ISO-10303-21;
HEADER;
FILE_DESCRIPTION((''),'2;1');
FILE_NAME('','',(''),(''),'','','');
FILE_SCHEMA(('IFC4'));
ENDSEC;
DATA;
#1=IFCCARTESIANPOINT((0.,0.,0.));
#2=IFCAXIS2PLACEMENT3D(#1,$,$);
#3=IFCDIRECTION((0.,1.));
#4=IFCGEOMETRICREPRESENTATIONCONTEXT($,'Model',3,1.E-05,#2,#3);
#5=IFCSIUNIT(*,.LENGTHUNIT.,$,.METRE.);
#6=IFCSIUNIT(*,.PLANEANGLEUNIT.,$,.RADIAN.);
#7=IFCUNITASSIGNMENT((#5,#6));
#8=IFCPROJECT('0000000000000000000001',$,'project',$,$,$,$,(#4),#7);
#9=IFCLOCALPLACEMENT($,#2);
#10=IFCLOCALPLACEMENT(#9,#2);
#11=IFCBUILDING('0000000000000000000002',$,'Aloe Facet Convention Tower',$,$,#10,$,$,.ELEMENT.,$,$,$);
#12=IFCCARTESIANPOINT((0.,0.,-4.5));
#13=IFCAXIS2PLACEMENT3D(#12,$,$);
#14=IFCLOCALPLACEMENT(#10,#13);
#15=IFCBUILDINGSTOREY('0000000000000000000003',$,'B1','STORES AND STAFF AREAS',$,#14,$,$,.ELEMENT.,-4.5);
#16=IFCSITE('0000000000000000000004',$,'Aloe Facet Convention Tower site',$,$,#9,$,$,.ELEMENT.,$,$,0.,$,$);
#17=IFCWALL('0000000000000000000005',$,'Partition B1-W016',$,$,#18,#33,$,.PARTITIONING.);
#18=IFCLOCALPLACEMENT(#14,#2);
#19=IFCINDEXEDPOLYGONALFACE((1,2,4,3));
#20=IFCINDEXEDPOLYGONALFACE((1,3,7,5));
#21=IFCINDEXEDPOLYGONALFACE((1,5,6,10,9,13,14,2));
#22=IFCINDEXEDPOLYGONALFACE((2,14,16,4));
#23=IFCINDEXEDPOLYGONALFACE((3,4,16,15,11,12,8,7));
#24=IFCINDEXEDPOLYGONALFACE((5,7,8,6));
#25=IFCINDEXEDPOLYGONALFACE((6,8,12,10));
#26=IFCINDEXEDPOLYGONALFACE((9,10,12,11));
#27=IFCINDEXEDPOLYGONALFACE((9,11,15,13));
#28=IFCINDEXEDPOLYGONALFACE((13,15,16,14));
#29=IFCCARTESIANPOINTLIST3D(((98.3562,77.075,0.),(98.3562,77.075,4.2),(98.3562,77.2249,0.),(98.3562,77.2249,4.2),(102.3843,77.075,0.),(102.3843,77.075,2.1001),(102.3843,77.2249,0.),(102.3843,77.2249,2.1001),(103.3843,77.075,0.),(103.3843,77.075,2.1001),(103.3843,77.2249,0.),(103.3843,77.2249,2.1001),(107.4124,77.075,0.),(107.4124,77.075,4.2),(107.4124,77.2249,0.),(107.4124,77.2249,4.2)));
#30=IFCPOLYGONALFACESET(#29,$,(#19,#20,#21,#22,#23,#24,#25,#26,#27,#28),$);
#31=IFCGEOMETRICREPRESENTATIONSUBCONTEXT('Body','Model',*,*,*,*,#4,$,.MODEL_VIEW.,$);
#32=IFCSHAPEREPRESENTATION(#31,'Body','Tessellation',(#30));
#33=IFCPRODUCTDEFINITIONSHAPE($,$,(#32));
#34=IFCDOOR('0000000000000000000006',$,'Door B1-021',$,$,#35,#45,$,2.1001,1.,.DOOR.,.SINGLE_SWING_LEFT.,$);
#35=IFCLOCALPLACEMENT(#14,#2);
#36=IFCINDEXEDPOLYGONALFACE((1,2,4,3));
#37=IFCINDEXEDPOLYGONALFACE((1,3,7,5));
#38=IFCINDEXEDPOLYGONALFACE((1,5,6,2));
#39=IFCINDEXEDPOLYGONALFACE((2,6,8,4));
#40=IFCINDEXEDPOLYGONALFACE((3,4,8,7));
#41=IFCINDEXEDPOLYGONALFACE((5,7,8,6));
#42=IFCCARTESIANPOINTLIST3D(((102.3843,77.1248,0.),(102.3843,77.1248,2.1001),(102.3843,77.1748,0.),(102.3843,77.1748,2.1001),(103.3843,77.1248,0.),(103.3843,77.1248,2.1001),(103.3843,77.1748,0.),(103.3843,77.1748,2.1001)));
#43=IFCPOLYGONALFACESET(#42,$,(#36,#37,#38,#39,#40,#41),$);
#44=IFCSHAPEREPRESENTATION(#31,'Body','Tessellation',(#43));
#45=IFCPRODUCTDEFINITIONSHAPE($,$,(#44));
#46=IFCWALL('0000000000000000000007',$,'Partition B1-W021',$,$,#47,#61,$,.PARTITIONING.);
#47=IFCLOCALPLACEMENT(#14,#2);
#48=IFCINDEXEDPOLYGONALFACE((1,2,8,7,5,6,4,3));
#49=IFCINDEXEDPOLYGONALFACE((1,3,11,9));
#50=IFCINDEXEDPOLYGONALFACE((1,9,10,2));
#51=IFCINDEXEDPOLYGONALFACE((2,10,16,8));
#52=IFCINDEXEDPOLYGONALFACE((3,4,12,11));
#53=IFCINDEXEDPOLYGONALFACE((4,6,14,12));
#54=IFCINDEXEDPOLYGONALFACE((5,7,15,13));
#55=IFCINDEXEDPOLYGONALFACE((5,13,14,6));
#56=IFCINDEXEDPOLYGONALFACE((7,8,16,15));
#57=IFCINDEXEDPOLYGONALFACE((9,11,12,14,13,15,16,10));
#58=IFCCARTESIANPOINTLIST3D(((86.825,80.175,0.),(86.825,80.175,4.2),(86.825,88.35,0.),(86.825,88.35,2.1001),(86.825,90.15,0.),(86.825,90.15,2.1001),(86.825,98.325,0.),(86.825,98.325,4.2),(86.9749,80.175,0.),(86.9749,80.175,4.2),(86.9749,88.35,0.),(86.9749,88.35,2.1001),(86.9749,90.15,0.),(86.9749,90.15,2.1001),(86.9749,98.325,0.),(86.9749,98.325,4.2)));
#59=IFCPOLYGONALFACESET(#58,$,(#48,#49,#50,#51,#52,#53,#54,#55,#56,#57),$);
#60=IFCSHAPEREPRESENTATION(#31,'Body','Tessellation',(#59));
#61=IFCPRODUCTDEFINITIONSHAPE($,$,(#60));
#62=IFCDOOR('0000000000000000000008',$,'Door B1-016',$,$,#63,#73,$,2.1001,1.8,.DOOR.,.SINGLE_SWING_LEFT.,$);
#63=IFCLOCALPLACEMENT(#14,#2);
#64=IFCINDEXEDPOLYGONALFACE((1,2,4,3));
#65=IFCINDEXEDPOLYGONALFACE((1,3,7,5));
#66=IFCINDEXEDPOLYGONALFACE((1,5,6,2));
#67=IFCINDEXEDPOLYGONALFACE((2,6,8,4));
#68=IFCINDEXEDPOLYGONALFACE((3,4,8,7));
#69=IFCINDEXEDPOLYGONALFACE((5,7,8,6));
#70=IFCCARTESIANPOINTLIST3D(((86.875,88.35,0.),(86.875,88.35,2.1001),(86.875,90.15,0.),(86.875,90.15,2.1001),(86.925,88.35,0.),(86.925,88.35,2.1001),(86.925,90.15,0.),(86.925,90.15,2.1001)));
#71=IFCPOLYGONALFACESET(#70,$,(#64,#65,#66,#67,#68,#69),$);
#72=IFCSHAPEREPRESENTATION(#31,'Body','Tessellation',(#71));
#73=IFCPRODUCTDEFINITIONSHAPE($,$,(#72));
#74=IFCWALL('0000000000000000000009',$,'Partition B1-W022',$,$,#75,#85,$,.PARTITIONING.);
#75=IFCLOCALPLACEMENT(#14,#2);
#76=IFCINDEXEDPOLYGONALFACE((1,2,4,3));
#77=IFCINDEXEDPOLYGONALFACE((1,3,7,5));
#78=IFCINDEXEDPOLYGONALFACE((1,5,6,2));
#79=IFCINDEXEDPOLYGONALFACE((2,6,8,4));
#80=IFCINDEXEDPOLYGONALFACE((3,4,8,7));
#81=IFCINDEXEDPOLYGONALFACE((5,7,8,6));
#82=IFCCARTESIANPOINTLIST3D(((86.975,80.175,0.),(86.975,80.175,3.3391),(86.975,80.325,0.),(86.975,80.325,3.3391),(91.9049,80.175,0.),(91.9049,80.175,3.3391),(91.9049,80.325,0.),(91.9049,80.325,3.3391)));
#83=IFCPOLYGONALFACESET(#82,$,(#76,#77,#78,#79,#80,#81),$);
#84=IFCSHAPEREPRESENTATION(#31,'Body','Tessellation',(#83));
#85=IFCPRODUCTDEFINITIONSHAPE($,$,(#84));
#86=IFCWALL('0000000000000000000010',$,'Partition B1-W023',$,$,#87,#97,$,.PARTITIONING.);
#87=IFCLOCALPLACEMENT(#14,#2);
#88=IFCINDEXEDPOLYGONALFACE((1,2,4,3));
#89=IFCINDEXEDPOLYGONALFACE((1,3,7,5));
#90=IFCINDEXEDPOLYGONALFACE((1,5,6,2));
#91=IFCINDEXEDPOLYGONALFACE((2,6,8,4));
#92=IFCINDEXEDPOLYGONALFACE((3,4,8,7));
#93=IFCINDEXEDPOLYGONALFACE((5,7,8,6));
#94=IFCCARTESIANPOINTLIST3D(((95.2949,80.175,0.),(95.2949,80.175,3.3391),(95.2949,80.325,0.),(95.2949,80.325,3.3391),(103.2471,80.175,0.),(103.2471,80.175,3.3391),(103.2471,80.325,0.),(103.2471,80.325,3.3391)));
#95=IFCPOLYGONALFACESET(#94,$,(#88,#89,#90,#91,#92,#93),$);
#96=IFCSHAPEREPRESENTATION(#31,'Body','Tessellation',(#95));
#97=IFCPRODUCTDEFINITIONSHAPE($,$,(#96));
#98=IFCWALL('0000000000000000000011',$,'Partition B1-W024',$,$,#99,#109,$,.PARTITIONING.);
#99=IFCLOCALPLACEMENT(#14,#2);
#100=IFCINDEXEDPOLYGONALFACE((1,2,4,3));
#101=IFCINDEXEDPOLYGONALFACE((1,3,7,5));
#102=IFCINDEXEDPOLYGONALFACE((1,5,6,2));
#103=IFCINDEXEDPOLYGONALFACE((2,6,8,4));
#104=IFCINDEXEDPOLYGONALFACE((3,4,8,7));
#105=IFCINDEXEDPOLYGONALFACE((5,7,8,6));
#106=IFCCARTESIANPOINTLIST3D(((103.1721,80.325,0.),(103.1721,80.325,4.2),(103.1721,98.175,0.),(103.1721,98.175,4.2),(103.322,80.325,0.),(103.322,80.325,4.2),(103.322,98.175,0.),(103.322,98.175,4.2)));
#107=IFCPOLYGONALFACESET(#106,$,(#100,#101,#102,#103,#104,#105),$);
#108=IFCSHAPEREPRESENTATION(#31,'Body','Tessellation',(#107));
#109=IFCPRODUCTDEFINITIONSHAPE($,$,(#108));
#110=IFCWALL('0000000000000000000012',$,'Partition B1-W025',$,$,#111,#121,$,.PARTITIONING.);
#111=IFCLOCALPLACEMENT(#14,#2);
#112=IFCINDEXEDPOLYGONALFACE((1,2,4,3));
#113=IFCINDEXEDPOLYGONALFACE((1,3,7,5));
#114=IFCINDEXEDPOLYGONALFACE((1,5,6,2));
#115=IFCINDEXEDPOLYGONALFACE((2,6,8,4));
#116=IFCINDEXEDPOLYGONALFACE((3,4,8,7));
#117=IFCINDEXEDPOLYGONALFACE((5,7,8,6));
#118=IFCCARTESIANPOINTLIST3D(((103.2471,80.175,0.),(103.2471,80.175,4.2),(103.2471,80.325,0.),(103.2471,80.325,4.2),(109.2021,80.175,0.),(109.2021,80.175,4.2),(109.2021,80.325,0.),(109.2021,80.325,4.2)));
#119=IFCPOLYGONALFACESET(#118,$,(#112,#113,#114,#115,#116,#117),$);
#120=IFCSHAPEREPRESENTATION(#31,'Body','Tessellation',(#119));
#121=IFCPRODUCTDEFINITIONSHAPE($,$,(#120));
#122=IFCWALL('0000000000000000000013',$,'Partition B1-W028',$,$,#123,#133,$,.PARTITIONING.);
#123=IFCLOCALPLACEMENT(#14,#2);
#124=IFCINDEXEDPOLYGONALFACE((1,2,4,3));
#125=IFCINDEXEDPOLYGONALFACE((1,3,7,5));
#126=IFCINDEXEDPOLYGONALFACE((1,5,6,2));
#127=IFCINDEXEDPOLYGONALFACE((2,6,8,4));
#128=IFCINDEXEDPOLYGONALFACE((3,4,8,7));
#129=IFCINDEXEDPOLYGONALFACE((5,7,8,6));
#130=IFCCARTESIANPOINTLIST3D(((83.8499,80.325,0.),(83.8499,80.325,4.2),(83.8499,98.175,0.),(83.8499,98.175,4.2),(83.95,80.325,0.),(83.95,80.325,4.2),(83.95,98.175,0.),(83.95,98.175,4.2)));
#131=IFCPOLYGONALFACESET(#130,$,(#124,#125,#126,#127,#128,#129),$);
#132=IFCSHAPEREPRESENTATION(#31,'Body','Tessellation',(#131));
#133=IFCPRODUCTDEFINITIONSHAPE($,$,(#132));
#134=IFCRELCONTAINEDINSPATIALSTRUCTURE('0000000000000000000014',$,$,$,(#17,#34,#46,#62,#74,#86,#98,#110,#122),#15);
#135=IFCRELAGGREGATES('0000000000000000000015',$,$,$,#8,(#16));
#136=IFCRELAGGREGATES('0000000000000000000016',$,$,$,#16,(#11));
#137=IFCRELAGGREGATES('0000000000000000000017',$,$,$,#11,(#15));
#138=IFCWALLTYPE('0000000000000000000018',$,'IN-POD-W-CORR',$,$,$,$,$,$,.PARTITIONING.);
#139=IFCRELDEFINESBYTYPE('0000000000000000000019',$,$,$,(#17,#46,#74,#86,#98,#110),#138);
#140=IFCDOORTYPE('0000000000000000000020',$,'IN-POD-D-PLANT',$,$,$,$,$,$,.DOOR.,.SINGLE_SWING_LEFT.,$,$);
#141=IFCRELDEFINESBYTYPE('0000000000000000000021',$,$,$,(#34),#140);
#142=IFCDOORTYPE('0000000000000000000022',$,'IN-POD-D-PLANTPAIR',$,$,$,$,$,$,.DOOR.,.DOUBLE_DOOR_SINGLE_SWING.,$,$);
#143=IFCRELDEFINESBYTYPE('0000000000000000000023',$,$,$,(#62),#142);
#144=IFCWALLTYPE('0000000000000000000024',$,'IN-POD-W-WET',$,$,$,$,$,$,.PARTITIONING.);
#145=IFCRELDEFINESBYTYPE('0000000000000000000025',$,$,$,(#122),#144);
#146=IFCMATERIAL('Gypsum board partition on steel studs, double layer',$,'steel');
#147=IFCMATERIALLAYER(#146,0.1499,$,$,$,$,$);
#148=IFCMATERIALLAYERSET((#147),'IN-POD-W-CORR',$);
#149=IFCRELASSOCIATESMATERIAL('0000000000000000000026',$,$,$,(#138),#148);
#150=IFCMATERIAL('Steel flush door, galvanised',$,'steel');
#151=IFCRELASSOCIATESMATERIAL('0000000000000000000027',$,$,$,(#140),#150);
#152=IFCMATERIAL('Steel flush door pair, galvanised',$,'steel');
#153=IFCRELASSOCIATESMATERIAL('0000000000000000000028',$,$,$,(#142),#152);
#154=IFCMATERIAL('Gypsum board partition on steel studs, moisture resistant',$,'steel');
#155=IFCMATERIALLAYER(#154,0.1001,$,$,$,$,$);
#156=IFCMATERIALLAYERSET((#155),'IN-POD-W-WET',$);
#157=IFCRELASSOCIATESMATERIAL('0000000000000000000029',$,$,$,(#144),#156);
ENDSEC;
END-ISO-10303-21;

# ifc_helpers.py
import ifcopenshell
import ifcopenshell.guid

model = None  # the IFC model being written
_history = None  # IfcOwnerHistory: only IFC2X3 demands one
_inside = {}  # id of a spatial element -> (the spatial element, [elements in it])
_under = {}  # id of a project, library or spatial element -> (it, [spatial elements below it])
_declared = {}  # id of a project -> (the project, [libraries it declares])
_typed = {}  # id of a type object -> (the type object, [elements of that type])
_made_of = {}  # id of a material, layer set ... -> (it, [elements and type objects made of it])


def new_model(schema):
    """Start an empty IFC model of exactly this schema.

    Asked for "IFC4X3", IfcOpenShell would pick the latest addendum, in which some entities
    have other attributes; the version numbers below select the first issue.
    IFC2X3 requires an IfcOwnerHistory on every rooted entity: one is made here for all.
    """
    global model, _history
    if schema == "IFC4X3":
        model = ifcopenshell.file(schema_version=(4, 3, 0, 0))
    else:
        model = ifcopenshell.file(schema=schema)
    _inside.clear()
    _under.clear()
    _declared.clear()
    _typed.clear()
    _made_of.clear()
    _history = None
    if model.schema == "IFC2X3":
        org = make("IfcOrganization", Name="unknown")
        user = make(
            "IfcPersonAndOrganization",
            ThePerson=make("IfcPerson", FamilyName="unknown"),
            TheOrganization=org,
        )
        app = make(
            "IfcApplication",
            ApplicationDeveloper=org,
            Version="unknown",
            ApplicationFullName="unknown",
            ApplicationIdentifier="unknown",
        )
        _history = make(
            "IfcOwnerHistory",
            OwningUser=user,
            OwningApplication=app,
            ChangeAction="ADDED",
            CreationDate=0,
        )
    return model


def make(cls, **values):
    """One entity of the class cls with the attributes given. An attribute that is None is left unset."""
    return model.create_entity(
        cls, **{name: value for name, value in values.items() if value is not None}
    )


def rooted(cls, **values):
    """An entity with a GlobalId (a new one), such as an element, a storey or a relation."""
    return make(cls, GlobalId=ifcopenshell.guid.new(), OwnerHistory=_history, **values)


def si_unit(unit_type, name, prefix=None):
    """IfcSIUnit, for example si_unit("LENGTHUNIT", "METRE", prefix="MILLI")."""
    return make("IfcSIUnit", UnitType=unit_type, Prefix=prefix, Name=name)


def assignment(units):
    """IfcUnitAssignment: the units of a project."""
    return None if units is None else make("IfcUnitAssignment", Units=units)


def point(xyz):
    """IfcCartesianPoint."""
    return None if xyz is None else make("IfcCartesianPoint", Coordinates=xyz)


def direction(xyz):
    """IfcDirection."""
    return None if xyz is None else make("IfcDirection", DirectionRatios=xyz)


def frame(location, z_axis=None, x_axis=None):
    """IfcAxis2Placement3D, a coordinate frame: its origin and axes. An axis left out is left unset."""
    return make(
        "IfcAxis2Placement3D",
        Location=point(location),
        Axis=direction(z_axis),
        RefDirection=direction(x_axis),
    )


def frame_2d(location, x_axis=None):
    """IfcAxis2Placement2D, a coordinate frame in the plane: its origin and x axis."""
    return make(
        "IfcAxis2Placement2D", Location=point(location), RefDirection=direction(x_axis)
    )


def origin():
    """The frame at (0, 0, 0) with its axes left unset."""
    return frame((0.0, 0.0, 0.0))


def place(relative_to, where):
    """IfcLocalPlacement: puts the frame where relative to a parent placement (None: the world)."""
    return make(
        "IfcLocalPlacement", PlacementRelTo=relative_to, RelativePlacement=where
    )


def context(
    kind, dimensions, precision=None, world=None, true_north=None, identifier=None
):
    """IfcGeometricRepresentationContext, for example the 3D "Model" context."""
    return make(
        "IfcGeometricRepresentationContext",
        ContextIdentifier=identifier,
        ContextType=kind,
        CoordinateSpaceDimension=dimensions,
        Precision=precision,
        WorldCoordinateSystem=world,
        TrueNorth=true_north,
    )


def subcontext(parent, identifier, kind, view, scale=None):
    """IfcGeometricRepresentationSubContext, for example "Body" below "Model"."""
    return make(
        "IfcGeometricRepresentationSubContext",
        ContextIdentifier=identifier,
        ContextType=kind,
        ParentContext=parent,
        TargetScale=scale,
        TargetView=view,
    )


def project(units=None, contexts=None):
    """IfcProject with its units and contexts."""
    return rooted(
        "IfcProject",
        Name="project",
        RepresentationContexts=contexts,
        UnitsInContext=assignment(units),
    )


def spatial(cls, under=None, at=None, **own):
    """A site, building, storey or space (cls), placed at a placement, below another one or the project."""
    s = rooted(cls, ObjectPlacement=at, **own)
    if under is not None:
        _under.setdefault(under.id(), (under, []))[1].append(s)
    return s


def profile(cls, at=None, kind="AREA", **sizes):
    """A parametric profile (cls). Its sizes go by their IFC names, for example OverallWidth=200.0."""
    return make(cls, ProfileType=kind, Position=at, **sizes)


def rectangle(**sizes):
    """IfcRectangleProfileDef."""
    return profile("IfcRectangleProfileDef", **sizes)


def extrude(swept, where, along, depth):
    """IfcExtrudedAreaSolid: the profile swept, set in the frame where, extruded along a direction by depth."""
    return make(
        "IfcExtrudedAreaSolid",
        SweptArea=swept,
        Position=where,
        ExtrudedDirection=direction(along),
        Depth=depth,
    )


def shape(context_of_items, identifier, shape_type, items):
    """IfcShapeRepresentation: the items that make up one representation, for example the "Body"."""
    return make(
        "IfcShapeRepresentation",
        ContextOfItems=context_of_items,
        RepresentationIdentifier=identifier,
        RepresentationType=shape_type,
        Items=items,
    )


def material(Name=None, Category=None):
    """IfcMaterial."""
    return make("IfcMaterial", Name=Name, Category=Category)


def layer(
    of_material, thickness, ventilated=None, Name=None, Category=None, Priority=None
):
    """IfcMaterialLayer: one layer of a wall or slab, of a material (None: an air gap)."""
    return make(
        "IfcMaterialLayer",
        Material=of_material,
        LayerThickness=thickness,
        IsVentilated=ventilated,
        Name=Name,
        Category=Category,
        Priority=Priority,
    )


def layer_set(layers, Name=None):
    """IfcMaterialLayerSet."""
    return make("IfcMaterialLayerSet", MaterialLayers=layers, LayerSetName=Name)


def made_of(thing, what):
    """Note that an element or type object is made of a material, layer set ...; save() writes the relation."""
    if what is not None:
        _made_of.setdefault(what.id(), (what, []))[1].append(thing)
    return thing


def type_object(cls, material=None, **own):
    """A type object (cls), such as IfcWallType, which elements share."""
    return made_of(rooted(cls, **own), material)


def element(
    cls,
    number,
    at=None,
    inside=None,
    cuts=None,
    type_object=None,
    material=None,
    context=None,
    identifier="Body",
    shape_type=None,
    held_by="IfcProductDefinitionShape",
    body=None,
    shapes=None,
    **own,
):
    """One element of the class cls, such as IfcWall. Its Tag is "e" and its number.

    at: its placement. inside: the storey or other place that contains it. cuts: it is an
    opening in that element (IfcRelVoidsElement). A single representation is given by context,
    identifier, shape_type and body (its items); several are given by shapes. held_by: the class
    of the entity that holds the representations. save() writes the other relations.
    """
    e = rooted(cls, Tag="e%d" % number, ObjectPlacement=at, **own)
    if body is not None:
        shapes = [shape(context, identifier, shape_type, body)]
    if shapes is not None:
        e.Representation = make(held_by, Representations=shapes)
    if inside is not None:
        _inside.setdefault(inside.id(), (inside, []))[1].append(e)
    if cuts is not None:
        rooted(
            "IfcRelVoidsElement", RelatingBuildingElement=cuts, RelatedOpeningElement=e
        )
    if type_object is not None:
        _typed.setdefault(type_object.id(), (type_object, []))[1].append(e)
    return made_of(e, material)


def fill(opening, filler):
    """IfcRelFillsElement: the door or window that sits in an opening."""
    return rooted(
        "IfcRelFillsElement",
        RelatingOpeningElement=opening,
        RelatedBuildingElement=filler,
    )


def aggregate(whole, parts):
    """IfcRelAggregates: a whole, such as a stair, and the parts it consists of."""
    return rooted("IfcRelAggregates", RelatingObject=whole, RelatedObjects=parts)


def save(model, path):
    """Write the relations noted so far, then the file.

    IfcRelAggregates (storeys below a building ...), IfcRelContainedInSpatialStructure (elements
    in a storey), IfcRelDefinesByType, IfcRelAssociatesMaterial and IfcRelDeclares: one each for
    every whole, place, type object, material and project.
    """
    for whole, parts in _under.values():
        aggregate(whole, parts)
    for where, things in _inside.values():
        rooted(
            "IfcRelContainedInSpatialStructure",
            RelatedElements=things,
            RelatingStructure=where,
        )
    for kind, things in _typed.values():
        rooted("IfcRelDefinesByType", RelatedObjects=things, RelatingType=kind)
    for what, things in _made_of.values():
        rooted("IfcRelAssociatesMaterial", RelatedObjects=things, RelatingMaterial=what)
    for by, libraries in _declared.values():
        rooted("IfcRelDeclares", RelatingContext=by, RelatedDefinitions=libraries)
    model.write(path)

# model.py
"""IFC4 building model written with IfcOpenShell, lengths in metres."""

from ifc_helpers import new_model, si_unit, direction, frame, frame_2d, origin, place, context, subcontext, project, spatial, rectangle, extrude, material, layer, layer_set, type_object, element, fill, save


model = new_model("IFC4")

# Units and contexts
model_context = context("Model", 3, precision=1e-05, world=origin(), true_north=direction((0.0, 1.0)))
body_context = subcontext(model_context, "Body", "Model", "MODEL_VIEW")
ifc_project = project(units=[si_unit("LENGTHUNIT", "METRE"), si_unit("PLANEANGLEUNIT", "RADIAN")], contexts=[model_context])

# Site, building, storey
site_placement = place(None, origin())
site = spatial("IfcSite", under=ifc_project, at=site_placement, Name="Aloe Facet Convention Tower site", CompositionType="ELEMENT", RefElevation=0.0)
building_placement = place(site_placement, origin())
building = spatial("IfcBuilding", under=site, at=building_placement, Name="Aloe Facet Convention Tower", CompositionType="ELEMENT")
storey_placement = place(building_placement, frame((0.0, 0.0, -4.5)))
storey = spatial("IfcBuildingStorey", under=building, at=storey_placement, Name="B1", Description="STORES AND STAFF AREAS", CompositionType="ELEMENT", Elevation=-4.5)

# Shared definitions
ifc_material_1 = material(Name="Gypsum board partition on steel studs, double layer", Category="steel")
ifc_layer_1 = layer(ifc_material_1, 0.1499)
ifc_layer_set_1 = layer_set([ifc_layer_1], Name="IN-POD-W-CORR")
wall_type_1 = type_object("IfcWallType", Name="IN-POD-W-CORR", PredefinedType="PARTITIONING", material=ifc_layer_set_1)

# Walls, openings, doors
wall_1_placement = place(storey_placement, frame((98.3562, 77.1499, 0.0), z_axis=(0.0, 0.0, 1.0), x_axis=(1.0, 0.0, 0.0)))
wall_1 = element("IfcWall", 1, at=wall_1_placement, inside=storey, type_object=wall_type_1, Name="Partition B1-W016", PredefinedType="PARTITIONING", context=body_context, shape_type="SweptSolid", body=[
    extrude(rectangle(XDim=9.0562, YDim=0.1499, at=frame_2d((4.5281, 0.0))), origin(), (0.0, 0.0, 1.0), 4.2),
])
opening_1_placement = place(wall_1_placement, frame((4.0281, 0.0, 0.0)))
opening_1 = element("IfcOpeningElement", 2, at=opening_1_placement, cuts=wall_1, PredefinedType="OPENING", context=body_context, shape_type="SweptSolid", body=[
    extrude(rectangle(XDim=1.0, YDim=2.1001, at=frame_2d((0.5, 1.05))), frame((0.0, 0.085, 0.0), z_axis=(0.0, -1.0, 0.0), x_axis=(1.0, 0.0, 0.0)), (0.0, 0.0, 1.0), 0.1699),
])
ifc_material_2 = material(Name="Steel flush door, galvanised", Category="steel")
door_type_1 = type_object("IfcDoorType", Name="IN-POD-D-PLANT", OperationType="SINGLE_SWING_LEFT", PredefinedType="DOOR", material=ifc_material_2)
door_1_placement = place(opening_1_placement, origin())
door_1 = element("IfcDoor", 3, at=door_1_placement, inside=storey, type_object=door_type_1, Name="Door B1-021", OperationType="SINGLE_SWING_LEFT", OverallHeight=2.1001, OverallWidth=1.0, PredefinedType="DOOR", context=body_context, shape_type="SweptSolid", body=[
    extrude(rectangle(XDim=1.0, YDim=2.1001, at=frame_2d((0.5, 1.05))), frame((0.0, 0.0249, 0.0), z_axis=(0.0, -1.0, 0.0), x_axis=(1.0, 0.0, 0.0)), (0.0, 0.0, 1.0), 0.05),
])
fill(opening_1, door_1)
wall_2_placement = place(storey_placement, frame((86.8999, 80.175, 0.0), z_axis=(0.0, 0.0, 1.0), x_axis=(0.0, 1.0, 0.0)))
wall_2 = element("IfcWall", 4, at=wall_2_placement, inside=storey, type_object=wall_type_1, Name="Partition B1-W021", PredefinedType="PARTITIONING", context=body_context, shape_type="SweptSolid", body=[
    extrude(rectangle(XDim=18.1499, YDim=0.1499, at=frame_2d((9.075, 0.0))), origin(), (0.0, 0.0, 1.0), 4.2),
])
opening_2_placement = place(wall_2_placement, frame((8.175, 0.0, 0.0)))
opening_2 = element("IfcOpeningElement", 5, at=opening_2_placement, cuts=wall_2, PredefinedType="OPENING", context=body_context, shape_type="SweptSolid", body=[
    extrude(rectangle(XDim=1.8, YDim=2.1001, at=frame_2d((0.8999, 1.05))), frame((0.0, 0.085, 0.0), z_axis=(0.0, -1.0, 0.0), x_axis=(1.0, 0.0, 0.0)), (0.0, 0.0, 1.0), 0.1699),
])
ifc_material_3 = material(Name="Steel flush door pair, galvanised", Category="steel")
door_type_2 = type_object("IfcDoorType", Name="IN-POD-D-PLANTPAIR", OperationType="DOUBLE_DOOR_SINGLE_SWING", PredefinedType="DOOR", material=ifc_material_3)
door_2_placement = place(opening_2_placement, origin())
door_2 = element("IfcDoor", 6, at=door_2_placement, inside=storey, type_object=door_type_2, Name="Door B1-016", OperationType="SINGLE_SWING_LEFT", OverallHeight=2.1001, OverallWidth=1.8, PredefinedType="DOOR", context=body_context, shape_type="SweptSolid", body=[
    extrude(rectangle(XDim=1.8, YDim=2.1001, at=frame_2d((0.8999, 1.05))), frame((0.0, 0.0249, 0.0), z_axis=(0.0, -1.0, 0.0), x_axis=(1.0, 0.0, 0.0)), (0.0, 0.0, 1.0), 0.05),
])
fill(opening_2, door_2)

# Walls
wall_3_placement = place(storey_placement, frame((86.9751, 80.25, 0.0), z_axis=(0.0, 0.0, 1.0), x_axis=(1.0, 0.0, 0.0)))
element("IfcWall", 7, at=wall_3_placement, inside=storey, type_object=wall_type_1, Name="Partition B1-W022", PredefinedType="PARTITIONING", context=body_context, shape_type="SweptSolid", body=[
    extrude(rectangle(XDim=4.9299, YDim=0.1499, at=frame_2d((2.4648, 0.0))), origin(), (0.0, 0.0, 1.0), 3.3391),
])
wall_4_placement = place(storey_placement, frame((95.2949, 80.25, 0.0), z_axis=(0.0, 0.0, 1.0), x_axis=(1.0, 0.0, 0.0)))
element("IfcWall", 8, at=wall_4_placement, inside=storey, type_object=wall_type_1, Name="Partition B1-W023", PredefinedType="PARTITIONING", context=body_context, shape_type="SweptSolid", body=[
    extrude(rectangle(XDim=7.9521, YDim=0.1499, at=frame_2d((3.9761, 0.0))), origin(), (0.0, 0.0, 1.0), 3.3391),
])
wall_5_placement = place(storey_placement, frame((103.2471, 80.325, 0.0), z_axis=(0.0, 0.0, 1.0), x_axis=(0.0, 1.0, 0.0)))
element("IfcWall", 9, at=wall_5_placement, inside=storey, type_object=wall_type_1, Name="Partition B1-W024", PredefinedType="PARTITIONING", context=body_context, shape_type="SweptSolid", body=[
    extrude(rectangle(XDim=17.8501, YDim=0.1499, at=frame_2d((8.925, 0.0))), origin(), (0.0, 0.0, 1.0), 4.2),
])
wall_6_placement = place(storey_placement, frame((103.2471, 80.25, 0.0), z_axis=(0.0, 0.0, 1.0), x_axis=(1.0, 0.0, 0.0)))
element("IfcWall", 10, at=wall_6_placement, inside=storey, type_object=wall_type_1, Name="Partition B1-W025", PredefinedType="PARTITIONING", context=body_context, shape_type="SweptSolid", body=[
    extrude(rectangle(XDim=5.9551, YDim=0.1499, at=frame_2d((2.9775, 0.0))), origin(), (0.0, 0.0, 1.0), 4.2),
])
ifc_material_4 = material(Name="Gypsum board partition on steel studs, moisture resistant", Category="steel")
ifc_layer_2 = layer(ifc_material_4, 0.1001)
ifc_layer_set_2 = layer_set([ifc_layer_2], Name="IN-POD-W-WET")
wall_type_2 = type_object("IfcWallType", Name="IN-POD-W-WET", PredefinedType="PARTITIONING", material=ifc_layer_set_2)
wall_7_placement = place(storey_placement, frame((83.8999, 80.325, 0.0), z_axis=(0.0, 0.0, 1.0), x_axis=(0.0, 1.0, 0.0)))
element("IfcWall", 11, at=wall_7_placement, inside=storey, type_object=wall_type_2, Name="Partition B1-W028", PredefinedType="PARTITIONING", context=body_context, shape_type="SweptSolid", body=[
    extrude(rectangle(XDim=17.8501, YDim=0.1001, at=frame_2d((8.925, 0.0))), origin(), (0.0, 0.0, 1.0), 4.2),
])

save(model, "model.ifc")
